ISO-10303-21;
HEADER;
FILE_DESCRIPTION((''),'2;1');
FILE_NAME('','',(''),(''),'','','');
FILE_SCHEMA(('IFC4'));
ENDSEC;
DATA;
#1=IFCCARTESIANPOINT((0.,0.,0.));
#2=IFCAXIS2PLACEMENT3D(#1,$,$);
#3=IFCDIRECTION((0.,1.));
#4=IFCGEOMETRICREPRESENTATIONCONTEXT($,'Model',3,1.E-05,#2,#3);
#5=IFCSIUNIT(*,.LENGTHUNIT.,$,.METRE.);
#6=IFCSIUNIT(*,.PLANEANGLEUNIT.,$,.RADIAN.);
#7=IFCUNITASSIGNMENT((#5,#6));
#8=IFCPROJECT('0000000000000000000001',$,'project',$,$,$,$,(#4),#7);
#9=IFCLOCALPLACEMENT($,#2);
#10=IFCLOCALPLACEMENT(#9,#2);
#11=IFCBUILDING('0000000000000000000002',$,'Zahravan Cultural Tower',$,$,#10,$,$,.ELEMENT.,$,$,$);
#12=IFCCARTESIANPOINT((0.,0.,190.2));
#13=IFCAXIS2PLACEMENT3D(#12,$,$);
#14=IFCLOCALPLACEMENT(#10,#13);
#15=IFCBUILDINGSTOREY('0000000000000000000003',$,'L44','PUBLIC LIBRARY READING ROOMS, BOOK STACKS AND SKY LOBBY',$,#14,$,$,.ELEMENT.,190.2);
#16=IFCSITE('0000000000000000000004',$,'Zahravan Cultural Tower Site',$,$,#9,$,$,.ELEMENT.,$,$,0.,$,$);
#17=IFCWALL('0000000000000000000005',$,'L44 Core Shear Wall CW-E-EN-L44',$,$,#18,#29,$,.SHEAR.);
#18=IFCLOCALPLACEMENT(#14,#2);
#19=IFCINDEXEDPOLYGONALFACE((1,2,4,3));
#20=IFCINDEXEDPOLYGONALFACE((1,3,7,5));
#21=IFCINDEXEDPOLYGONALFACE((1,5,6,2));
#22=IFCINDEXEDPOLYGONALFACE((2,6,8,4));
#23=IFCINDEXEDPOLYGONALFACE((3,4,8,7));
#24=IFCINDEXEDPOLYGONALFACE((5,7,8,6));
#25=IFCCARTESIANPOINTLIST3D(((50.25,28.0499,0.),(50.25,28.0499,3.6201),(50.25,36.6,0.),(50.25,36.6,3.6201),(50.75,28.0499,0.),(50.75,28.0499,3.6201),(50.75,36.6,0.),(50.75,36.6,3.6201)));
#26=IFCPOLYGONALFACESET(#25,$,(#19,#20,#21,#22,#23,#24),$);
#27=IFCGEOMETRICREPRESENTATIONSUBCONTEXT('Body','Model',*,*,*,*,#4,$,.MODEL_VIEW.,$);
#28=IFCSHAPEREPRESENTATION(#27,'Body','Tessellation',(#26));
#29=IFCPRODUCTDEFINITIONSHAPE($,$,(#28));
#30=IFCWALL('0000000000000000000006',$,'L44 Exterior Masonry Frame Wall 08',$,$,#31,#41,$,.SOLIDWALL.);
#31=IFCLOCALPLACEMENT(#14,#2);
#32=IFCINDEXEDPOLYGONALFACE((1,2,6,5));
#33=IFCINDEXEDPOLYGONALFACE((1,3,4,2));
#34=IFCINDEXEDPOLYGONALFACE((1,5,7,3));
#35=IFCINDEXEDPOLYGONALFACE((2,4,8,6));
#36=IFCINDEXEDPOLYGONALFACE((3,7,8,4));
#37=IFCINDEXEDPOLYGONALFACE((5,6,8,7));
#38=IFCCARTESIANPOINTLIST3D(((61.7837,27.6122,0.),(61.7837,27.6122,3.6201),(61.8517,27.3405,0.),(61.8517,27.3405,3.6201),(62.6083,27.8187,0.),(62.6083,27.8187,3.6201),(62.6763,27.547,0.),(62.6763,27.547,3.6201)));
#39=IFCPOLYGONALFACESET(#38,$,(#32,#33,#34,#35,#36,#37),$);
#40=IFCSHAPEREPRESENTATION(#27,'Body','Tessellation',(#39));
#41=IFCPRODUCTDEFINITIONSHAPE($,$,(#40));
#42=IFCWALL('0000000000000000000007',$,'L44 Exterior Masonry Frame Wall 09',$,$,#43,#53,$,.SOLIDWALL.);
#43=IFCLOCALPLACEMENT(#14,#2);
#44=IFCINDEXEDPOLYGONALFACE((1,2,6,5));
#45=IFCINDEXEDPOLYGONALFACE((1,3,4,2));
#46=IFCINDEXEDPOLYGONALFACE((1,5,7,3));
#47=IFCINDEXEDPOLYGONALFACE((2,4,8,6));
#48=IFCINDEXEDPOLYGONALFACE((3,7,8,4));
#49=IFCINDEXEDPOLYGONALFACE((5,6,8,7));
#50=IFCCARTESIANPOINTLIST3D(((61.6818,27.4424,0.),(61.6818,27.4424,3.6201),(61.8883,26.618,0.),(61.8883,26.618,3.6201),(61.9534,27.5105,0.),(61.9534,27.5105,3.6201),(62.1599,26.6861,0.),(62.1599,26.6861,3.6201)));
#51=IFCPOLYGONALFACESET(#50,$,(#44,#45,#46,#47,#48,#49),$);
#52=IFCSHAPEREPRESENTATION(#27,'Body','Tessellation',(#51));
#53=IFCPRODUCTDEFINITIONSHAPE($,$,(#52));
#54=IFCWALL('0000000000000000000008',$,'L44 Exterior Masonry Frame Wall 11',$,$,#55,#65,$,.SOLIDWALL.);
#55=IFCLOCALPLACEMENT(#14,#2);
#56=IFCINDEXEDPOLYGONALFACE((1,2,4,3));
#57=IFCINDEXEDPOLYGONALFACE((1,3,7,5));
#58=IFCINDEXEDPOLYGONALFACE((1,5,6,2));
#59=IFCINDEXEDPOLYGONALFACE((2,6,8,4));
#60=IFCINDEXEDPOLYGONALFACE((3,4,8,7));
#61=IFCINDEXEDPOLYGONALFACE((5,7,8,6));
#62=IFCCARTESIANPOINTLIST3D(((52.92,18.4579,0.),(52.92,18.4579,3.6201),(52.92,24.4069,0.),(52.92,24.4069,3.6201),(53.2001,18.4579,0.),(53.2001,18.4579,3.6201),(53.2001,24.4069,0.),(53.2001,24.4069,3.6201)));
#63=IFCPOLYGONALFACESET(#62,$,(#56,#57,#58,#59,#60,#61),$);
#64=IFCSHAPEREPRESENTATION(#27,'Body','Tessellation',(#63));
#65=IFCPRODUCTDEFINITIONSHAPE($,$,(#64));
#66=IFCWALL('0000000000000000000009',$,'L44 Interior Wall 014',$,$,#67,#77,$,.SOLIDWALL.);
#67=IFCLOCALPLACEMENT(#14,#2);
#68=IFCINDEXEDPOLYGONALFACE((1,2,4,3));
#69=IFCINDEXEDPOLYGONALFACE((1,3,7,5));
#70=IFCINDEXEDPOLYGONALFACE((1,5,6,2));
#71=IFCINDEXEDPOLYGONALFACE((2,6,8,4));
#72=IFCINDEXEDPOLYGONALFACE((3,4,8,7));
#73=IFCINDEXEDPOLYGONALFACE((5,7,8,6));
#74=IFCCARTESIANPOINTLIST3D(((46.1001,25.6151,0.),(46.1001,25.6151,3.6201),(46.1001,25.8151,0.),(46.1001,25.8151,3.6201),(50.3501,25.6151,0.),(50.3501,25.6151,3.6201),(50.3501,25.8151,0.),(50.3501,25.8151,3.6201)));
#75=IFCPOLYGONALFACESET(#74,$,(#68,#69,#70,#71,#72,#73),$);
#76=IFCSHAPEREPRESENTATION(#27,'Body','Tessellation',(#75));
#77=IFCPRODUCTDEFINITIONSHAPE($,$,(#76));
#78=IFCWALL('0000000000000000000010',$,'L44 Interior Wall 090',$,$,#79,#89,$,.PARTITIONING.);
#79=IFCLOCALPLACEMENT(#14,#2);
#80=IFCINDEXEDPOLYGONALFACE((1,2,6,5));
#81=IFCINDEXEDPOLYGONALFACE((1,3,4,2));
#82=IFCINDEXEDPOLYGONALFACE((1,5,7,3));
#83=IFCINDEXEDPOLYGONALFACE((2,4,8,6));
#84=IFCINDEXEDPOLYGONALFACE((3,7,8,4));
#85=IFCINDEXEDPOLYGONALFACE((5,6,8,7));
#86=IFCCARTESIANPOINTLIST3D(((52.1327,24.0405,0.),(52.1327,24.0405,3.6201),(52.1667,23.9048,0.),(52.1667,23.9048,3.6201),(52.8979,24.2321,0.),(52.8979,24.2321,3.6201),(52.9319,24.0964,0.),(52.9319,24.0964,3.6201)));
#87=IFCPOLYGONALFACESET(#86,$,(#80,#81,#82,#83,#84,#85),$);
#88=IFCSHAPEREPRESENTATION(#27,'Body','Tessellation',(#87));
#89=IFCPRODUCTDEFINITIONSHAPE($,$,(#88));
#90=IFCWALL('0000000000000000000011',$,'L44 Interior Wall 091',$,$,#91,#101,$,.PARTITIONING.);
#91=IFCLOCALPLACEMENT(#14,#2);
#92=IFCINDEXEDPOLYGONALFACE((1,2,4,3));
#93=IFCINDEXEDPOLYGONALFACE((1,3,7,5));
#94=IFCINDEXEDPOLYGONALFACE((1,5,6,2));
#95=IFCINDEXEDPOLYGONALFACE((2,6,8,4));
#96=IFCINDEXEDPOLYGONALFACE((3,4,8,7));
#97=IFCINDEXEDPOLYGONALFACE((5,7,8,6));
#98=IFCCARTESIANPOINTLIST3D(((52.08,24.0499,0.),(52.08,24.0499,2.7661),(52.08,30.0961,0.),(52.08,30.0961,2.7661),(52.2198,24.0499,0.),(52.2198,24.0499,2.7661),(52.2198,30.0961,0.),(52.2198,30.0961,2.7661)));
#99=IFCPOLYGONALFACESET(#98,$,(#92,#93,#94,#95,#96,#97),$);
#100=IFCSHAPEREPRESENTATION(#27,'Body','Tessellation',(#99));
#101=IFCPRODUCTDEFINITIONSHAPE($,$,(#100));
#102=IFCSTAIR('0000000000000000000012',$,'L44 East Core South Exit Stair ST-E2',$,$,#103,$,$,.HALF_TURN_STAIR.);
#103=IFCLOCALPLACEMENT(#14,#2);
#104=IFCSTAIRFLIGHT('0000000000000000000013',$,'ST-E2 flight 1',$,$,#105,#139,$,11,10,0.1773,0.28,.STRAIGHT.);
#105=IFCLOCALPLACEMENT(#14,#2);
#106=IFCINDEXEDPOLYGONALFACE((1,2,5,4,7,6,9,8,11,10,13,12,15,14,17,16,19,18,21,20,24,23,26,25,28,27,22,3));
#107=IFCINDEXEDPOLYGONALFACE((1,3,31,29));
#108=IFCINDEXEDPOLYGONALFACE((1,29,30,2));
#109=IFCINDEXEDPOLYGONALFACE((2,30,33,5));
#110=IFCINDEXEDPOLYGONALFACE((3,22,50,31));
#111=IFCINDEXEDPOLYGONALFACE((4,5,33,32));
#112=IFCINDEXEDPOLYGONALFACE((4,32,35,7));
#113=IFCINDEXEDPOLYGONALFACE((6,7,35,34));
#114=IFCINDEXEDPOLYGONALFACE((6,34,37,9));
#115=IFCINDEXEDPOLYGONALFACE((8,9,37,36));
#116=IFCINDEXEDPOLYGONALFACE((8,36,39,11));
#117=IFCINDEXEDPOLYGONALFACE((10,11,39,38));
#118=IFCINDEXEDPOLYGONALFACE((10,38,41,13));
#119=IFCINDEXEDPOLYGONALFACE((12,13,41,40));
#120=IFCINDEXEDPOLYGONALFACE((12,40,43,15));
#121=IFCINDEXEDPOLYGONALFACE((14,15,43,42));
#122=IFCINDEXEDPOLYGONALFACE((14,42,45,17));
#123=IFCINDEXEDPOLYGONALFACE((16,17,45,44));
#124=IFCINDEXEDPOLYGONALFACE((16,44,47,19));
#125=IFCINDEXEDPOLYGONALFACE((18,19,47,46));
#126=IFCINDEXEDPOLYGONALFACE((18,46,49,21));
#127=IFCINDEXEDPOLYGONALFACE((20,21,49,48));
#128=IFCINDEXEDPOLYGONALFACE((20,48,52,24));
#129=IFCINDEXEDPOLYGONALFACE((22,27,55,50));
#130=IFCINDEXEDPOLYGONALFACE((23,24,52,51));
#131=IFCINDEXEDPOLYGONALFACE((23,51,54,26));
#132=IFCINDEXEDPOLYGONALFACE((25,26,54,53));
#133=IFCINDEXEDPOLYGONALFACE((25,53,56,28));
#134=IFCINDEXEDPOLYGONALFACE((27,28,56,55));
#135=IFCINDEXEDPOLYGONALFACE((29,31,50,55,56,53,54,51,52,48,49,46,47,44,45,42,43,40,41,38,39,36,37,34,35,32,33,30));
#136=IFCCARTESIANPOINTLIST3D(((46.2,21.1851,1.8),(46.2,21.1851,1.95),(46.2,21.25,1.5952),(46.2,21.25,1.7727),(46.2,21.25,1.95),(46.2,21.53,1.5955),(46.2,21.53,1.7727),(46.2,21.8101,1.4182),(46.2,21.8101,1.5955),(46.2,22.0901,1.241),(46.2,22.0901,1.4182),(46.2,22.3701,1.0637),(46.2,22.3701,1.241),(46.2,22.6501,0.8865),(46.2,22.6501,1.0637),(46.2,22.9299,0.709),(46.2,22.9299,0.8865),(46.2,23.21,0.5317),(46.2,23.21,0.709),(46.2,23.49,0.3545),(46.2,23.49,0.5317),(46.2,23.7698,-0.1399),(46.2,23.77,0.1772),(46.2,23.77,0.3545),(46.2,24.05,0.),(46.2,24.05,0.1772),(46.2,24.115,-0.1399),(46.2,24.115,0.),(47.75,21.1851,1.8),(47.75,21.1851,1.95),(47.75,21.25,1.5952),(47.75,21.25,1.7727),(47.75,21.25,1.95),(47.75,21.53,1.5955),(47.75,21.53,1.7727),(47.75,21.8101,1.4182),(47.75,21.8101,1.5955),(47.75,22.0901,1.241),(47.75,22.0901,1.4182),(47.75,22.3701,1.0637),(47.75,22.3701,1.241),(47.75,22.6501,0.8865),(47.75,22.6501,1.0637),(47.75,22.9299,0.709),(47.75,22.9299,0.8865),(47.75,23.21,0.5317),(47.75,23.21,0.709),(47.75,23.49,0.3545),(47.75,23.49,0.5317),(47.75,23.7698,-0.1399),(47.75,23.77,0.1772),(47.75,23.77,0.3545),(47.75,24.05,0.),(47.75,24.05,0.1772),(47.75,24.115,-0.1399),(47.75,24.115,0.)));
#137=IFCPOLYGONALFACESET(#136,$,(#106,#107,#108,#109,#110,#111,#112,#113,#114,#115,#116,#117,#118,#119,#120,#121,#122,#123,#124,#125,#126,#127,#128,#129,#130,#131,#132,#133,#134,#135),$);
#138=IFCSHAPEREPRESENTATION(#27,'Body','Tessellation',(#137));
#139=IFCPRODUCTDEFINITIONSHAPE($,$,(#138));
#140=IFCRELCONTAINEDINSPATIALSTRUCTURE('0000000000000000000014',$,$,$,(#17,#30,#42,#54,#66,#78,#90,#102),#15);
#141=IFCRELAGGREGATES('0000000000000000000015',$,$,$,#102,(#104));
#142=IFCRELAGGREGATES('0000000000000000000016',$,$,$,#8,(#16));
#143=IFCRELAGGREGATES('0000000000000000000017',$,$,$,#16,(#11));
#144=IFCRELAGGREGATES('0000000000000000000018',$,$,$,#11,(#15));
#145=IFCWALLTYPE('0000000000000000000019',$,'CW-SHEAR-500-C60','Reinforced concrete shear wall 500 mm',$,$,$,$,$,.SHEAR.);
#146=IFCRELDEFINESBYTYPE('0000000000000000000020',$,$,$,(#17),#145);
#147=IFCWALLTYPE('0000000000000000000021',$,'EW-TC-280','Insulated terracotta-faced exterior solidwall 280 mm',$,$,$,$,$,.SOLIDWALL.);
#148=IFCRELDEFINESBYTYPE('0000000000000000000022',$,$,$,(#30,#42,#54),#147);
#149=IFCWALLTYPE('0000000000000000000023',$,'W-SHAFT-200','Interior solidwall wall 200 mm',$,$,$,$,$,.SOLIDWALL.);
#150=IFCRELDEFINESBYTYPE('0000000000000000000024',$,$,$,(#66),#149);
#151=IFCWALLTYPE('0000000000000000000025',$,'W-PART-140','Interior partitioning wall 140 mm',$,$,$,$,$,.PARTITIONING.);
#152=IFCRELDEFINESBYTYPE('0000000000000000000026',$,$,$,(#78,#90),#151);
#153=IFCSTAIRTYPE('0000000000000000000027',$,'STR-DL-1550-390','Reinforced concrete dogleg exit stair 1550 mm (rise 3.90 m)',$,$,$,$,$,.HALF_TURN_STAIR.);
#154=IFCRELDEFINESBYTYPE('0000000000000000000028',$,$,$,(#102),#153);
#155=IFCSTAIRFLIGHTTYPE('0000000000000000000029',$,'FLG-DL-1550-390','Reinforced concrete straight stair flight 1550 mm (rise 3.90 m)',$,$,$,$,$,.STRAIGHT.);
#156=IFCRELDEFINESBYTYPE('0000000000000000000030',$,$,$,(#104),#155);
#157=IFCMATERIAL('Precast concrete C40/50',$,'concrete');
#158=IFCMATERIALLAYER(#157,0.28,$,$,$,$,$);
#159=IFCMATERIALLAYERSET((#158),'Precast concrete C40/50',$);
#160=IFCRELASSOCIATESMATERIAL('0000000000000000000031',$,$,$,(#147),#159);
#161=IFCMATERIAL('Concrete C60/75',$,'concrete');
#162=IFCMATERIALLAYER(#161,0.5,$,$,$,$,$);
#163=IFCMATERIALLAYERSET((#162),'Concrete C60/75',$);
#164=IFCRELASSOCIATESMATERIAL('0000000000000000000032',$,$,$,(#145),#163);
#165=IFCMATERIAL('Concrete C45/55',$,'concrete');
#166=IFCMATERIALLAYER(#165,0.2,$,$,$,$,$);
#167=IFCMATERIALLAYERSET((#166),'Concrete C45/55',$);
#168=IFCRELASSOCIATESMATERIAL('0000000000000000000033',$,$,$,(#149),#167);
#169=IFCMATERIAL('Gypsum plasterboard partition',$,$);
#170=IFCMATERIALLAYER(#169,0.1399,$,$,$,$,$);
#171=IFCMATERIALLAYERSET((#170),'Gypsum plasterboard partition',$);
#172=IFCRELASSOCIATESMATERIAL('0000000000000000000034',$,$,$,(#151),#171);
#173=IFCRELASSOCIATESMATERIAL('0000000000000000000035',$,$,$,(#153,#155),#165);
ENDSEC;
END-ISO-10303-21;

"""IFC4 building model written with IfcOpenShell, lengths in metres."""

from ifc_helpers import new_model, si_unit, direction, frame, frame_2d, origin, place, context, subcontext, project, spatial, polyline, rectangle, outline, extrude, source, transform, mapped, material, layer, layer_set, type_object, element, aggregate, save


model = new_model("IFC4")

# Units and contexts
model_context = context("Model", 3, precision=1e-05, world=origin(), true_north=direction((0.0, 1.0)))
body_context = subcontext(model_context, "Body", "Model", "MODEL_VIEW")
ifc_project = project(units=[si_unit("LENGTHUNIT", "METRE"), si_unit("PLANEANGLEUNIT", "RADIAN")], contexts=[model_context])

# Site, building, storey
site_placement = place(None, origin())
site = spatial("IfcSite", under=ifc_project, at=site_placement, Name="Zahravan Cultural Tower Site", CompositionType="ELEMENT", RefElevation=0.0)
building_placement = place(site_placement, origin())
building = spatial("IfcBuilding", under=site, at=building_placement, Name="Zahravan Cultural Tower", CompositionType="ELEMENT")
storey_placement = place(building_placement, frame((0.0, 0.0, 190.2)))
storey = spatial("IfcBuildingStorey", under=building, at=storey_placement, Name="L44", Description="PUBLIC LIBRARY READING ROOMS, BOOK STACKS AND SKY LOBBY", CompositionType="ELEMENT", Elevation=190.2)

# Shared definitions
ifc_material_1 = material(Name="Precast concrete C40/50", Category="concrete")
ifc_layer_1 = layer(ifc_material_1, 0.28)
ifc_layer_set_1 = layer_set([ifc_layer_1], Name="Precast concrete C40/50")
wall_type_1 = type_object("IfcWallType", Name="EW-TC-280", Description="Insulated terracotta-faced exterior solidwall 280 mm", PredefinedType="SOLIDWALL", material=ifc_layer_set_1)

# Walls
ifc_material_2 = material(Name="Concrete C60/75", Category="concrete")
ifc_layer_2 = layer(ifc_material_2, 0.5)
ifc_layer_set_2 = layer_set([ifc_layer_2], Name="Concrete C60/75")
wall_type_2 = type_object("IfcWallType", Name="CW-SHEAR-500-C60", Description="Reinforced concrete shear wall 500 mm", PredefinedType="SHEAR", material=ifc_layer_set_2)
shared_shape_1 = source(origin(), body_context, "Body", "SweptSolid", [
    extrude(rectangle(XDim=8.55, YDim=0.5, at=frame_2d((4.2749, 0.0))), origin(), (0.0, 0.0, 1.0), 3.6201),
])
wall_1_placement = place(storey_placement, frame((50.5, 28.05, 0.0), z_axis=(0.0, 0.0, 1.0), x_axis=(0.0, 1.0, 0.0)))
element("IfcWall", 1, at=wall_1_placement, inside=storey, type_object=wall_type_2, Name="L44 Core Shear Wall CW-E-EN-L44", PredefinedType="SHEAR", context=body_context, shape_type="MappedRepresentation", body=[
    mapped(shared_shape_1, transform((0.0, 0.0, 0.0), x_axis=(1.0, 0.0, 0.0), y_axis=(0.0, 1.0, 0.0), z_axis=(0.0, 0.0, 1.0), scale=1.0)),
])
shared_shape_2 = source(origin(), body_context, "Body", "SweptSolid", [
    extrude(rectangle(XDim=0.8501, YDim=0.28, at=frame_2d((0.425, 0.0))), origin(), (0.0, 0.0, 1.0), 3.6201),
])
wall_2_placement = place(storey_placement, frame((62.6423, 27.6829, 0.0), z_axis=(0.0, 0.0, 1.0), x_axis=(-0.970041, -0.242941, 0.0)))
element("IfcWall", 2, at=wall_2_placement, inside=storey, type_object=wall_type_1, Name="L44 Exterior Masonry Frame Wall 08", PredefinedType="SOLIDWALL", context=body_context, shape_type="MappedRepresentation", body=[
    mapped(shared_shape_2, transform((0.0, 0.0, 0.0), x_axis=(1.0, 0.0, 0.0), y_axis=(0.0, 1.0, 0.0), z_axis=(0.0, 0.0, 1.0), scale=1.0)),
])
shared_shape_3 = source(origin(), body_context, "Body", "SweptSolid", [
    extrude(rectangle(XDim=0.8499, YDim=0.28, at=frame_2d((0.4248, 0.0))), origin(), (0.0, 0.0, 1.0), 3.6201),
])
wall_3_placement = place(storey_placement, frame((61.8176, 27.4763, 0.0), z_axis=(0.0, 0.0, 1.0), x_axis=(0.243009, -0.970024, 0.0)))
element("IfcWall", 3, at=wall_3_placement, inside=storey, type_object=wall_type_1, Name="L44 Exterior Masonry Frame Wall 09", PredefinedType="SOLIDWALL", context=body_context, shape_type="MappedRepresentation", body=[
    mapped(shared_shape_3, transform((0.0, 0.0, 0.0), x_axis=(1.0, 0.0, 0.0), y_axis=(0.0, 1.0, 0.0), z_axis=(0.0, 0.0, 1.0), scale=1.0)),
])
shared_shape_4 = source(origin(), body_context, "Body", "SweptSolid", [
    extrude(rectangle(XDim=5.949, YDim=0.28, at=frame_2d((2.9746, 0.0))), origin(), (0.0, 0.0, 1.0), 3.6201),
])
wall_4_placement = place(storey_placement, frame((53.0601, 24.407, 0.0), z_axis=(0.0, 0.0, 1.0), x_axis=(0.0, -1.0, 0.0)))
element("IfcWall", 4, at=wall_4_placement, inside=storey, type_object=wall_type_1, Name="L44 Exterior Masonry Frame Wall 11", PredefinedType="SOLIDWALL", context=body_context, shape_type="MappedRepresentation", body=[
    mapped(shared_shape_4, transform((0.0, 0.0, 0.0), x_axis=(1.0, 0.0, 0.0), y_axis=(0.0, 1.0, 0.0), z_axis=(0.0, 0.0, 1.0), scale=1.0)),
])
ifc_material_3 = material(Name="Concrete C45/55", Category="concrete")
ifc_layer_3 = layer(ifc_material_3, 0.2)
ifc_layer_set_3 = layer_set([ifc_layer_3], Name="Concrete C45/55")
wall_type_3 = type_object("IfcWallType", Name="W-SHAFT-200", Description="Interior solidwall wall 200 mm", PredefinedType="SOLIDWALL", material=ifc_layer_set_3)
shared_shape_5 = source(origin(), body_context, "Body", "SweptSolid", [
    extrude(rectangle(XDim=4.25, YDim=0.2, at=frame_2d((2.125, 0.0))), origin(), (0.0, 0.0, 1.0), 3.6201),
])
wall_5_placement = place(storey_placement, frame((46.1001, 25.7151, 0.0), z_axis=(0.0, 0.0, 1.0), x_axis=(1.0, 0.0, 0.0)))
element("IfcWall", 5, at=wall_5_placement, inside=storey, type_object=wall_type_3, Name="L44 Interior Wall 014", PredefinedType="SOLIDWALL", context=body_context, shape_type="MappedRepresentation", body=[
    mapped(shared_shape_5, transform((0.0, 0.0, 0.0), x_axis=(1.0, 0.0, 0.0), y_axis=(0.0, 1.0, 0.0), z_axis=(0.0, 0.0, 1.0), scale=1.0)),
])
ifc_material_4 = material(Name="Gypsum plasterboard partition")
ifc_layer_4 = layer(ifc_material_4, 0.1399)
ifc_layer_set_4 = layer_set([ifc_layer_4], Name="Gypsum plasterboard partition")
wall_type_4 = type_object("IfcWallType", Name="W-PART-140", Description="Interior partitioning wall 140 mm", PredefinedType="PARTITIONING", material=ifc_layer_set_4)
shared_shape_6 = source(origin(), body_context, "Body", "SweptSolid", [
    extrude(rectangle(XDim=0.7888, YDim=0.1399, at=frame_2d((0.3945, 0.0))), origin(), (0.0, 0.0, 1.0), 3.6201),
])
wall_6_placement = place(storey_placement, frame((52.915, 24.1643, 0.0), z_axis=(0.0, 0.0, 1.0), x_axis=(-0.970033, -0.242973, 0.0)))
element("IfcWall", 6, at=wall_6_placement, inside=storey, type_object=wall_type_4, Name="L44 Interior Wall 090", PredefinedType="PARTITIONING", context=body_context, shape_type="MappedRepresentation", body=[
    mapped(shared_shape_6, transform((0.0, 0.0, 0.0), x_axis=(1.0, 0.0, 0.0), y_axis=(0.0, 1.0, 0.0), z_axis=(0.0, 0.0, 1.0), scale=1.0)),
])
shared_shape_7 = source(origin(), body_context, "Body", "SweptSolid", [
    extrude(rectangle(XDim=6.0461, YDim=0.1399, at=frame_2d((3.0229, 0.0))), origin(), (0.0, 0.0, 1.0), 2.7661),
])
wall_7_placement = place(storey_placement, frame((52.1499, 24.05, 0.0), z_axis=(0.0, 0.0, 1.0), x_axis=(0.0, 1.0, 0.0)))
element("IfcWall", 7, at=wall_7_placement, inside=storey, type_object=wall_type_4, Name="L44 Interior Wall 091", PredefinedType="PARTITIONING", context=body_context, shape_type="MappedRepresentation", body=[
    mapped(shared_shape_7, transform((0.0, 0.0, 0.0), x_axis=(1.0, 0.0, 0.0), y_axis=(0.0, 1.0, 0.0), z_axis=(0.0, 0.0, 1.0), scale=1.0)),
])

# Stair, stair flight
stair_type = type_object("IfcStairType", Name="STR-DL-1550-390", Description="Reinforced concrete dogleg exit stair 1550 mm (rise 3.90 m)", PredefinedType="HALF_TURN_STAIR", material=ifc_material_3)
stair_placement = place(storey_placement, origin())
stair = element("IfcStair", 8, at=stair_placement, inside=storey, type_object=stair_type, Name="L44 East Core South Exit Stair ST-E2", PredefinedType="HALF_TURN_STAIR")
stair_flight_type = type_object("IfcStairFlightType", Name="FLG-DL-1550-390", Description="Reinforced concrete straight stair flight 1550 mm (rise 3.90 m)", PredefinedType="STRAIGHT", material=ifc_material_3)
stair_flight_placement = place(storey_placement, frame((46.9751, 24.05, 0.0), z_axis=(0.0, 0.0, 1.0), x_axis=(0.0, -1.0, 0.0)))
stair_flight = element("IfcStairFlight", 9, at=stair_flight_placement, type_object=stair_flight_type, Name="ST-E2 flight 1", NumberOfRisers=11, NumberOfTreads=10, PredefinedType="STRAIGHT", RiserHeight=0.1773, TreadLength=0.28, context=body_context, shape_type="SweptSolid", body=[
    extrude(outline(polyline([(-0.0649, -0.1399), (-0.0649, 0.0), (0.0, 0.0), (0.0, 0.1772), (0.28, 0.1772), (0.28, 0.3545), (0.5601, 0.3545), (0.5601, 0.5317), (0.8401, 0.5317), (0.8401, 0.709), (1.1201, 0.709), (1.1201, 0.8865), (1.3999, 0.8865), (1.3999, 1.0637), (1.6799, 1.0637), (1.6799, 1.241), (1.96, 1.241), (1.96, 1.4182), (2.24, 1.4182), (2.24, 1.5955), (2.52, 1.5955), (2.52, 1.7727), (2.8, 1.7727), (2.8, 1.95), (2.865, 1.95), (2.865, 1.8), (2.8, 1.5952), (0.2803, -0.1399), (-0.0649, -0.1399)])), frame((0.0, 0.7749, 0.0), z_axis=(0.0, -1.0, 0.0), x_axis=(1.0, 0.0, 0.0)), (0.0, 0.0, 1.0), 1.55),
])
aggregate(stair, [stair_flight])

save(model, "model.ifc")
